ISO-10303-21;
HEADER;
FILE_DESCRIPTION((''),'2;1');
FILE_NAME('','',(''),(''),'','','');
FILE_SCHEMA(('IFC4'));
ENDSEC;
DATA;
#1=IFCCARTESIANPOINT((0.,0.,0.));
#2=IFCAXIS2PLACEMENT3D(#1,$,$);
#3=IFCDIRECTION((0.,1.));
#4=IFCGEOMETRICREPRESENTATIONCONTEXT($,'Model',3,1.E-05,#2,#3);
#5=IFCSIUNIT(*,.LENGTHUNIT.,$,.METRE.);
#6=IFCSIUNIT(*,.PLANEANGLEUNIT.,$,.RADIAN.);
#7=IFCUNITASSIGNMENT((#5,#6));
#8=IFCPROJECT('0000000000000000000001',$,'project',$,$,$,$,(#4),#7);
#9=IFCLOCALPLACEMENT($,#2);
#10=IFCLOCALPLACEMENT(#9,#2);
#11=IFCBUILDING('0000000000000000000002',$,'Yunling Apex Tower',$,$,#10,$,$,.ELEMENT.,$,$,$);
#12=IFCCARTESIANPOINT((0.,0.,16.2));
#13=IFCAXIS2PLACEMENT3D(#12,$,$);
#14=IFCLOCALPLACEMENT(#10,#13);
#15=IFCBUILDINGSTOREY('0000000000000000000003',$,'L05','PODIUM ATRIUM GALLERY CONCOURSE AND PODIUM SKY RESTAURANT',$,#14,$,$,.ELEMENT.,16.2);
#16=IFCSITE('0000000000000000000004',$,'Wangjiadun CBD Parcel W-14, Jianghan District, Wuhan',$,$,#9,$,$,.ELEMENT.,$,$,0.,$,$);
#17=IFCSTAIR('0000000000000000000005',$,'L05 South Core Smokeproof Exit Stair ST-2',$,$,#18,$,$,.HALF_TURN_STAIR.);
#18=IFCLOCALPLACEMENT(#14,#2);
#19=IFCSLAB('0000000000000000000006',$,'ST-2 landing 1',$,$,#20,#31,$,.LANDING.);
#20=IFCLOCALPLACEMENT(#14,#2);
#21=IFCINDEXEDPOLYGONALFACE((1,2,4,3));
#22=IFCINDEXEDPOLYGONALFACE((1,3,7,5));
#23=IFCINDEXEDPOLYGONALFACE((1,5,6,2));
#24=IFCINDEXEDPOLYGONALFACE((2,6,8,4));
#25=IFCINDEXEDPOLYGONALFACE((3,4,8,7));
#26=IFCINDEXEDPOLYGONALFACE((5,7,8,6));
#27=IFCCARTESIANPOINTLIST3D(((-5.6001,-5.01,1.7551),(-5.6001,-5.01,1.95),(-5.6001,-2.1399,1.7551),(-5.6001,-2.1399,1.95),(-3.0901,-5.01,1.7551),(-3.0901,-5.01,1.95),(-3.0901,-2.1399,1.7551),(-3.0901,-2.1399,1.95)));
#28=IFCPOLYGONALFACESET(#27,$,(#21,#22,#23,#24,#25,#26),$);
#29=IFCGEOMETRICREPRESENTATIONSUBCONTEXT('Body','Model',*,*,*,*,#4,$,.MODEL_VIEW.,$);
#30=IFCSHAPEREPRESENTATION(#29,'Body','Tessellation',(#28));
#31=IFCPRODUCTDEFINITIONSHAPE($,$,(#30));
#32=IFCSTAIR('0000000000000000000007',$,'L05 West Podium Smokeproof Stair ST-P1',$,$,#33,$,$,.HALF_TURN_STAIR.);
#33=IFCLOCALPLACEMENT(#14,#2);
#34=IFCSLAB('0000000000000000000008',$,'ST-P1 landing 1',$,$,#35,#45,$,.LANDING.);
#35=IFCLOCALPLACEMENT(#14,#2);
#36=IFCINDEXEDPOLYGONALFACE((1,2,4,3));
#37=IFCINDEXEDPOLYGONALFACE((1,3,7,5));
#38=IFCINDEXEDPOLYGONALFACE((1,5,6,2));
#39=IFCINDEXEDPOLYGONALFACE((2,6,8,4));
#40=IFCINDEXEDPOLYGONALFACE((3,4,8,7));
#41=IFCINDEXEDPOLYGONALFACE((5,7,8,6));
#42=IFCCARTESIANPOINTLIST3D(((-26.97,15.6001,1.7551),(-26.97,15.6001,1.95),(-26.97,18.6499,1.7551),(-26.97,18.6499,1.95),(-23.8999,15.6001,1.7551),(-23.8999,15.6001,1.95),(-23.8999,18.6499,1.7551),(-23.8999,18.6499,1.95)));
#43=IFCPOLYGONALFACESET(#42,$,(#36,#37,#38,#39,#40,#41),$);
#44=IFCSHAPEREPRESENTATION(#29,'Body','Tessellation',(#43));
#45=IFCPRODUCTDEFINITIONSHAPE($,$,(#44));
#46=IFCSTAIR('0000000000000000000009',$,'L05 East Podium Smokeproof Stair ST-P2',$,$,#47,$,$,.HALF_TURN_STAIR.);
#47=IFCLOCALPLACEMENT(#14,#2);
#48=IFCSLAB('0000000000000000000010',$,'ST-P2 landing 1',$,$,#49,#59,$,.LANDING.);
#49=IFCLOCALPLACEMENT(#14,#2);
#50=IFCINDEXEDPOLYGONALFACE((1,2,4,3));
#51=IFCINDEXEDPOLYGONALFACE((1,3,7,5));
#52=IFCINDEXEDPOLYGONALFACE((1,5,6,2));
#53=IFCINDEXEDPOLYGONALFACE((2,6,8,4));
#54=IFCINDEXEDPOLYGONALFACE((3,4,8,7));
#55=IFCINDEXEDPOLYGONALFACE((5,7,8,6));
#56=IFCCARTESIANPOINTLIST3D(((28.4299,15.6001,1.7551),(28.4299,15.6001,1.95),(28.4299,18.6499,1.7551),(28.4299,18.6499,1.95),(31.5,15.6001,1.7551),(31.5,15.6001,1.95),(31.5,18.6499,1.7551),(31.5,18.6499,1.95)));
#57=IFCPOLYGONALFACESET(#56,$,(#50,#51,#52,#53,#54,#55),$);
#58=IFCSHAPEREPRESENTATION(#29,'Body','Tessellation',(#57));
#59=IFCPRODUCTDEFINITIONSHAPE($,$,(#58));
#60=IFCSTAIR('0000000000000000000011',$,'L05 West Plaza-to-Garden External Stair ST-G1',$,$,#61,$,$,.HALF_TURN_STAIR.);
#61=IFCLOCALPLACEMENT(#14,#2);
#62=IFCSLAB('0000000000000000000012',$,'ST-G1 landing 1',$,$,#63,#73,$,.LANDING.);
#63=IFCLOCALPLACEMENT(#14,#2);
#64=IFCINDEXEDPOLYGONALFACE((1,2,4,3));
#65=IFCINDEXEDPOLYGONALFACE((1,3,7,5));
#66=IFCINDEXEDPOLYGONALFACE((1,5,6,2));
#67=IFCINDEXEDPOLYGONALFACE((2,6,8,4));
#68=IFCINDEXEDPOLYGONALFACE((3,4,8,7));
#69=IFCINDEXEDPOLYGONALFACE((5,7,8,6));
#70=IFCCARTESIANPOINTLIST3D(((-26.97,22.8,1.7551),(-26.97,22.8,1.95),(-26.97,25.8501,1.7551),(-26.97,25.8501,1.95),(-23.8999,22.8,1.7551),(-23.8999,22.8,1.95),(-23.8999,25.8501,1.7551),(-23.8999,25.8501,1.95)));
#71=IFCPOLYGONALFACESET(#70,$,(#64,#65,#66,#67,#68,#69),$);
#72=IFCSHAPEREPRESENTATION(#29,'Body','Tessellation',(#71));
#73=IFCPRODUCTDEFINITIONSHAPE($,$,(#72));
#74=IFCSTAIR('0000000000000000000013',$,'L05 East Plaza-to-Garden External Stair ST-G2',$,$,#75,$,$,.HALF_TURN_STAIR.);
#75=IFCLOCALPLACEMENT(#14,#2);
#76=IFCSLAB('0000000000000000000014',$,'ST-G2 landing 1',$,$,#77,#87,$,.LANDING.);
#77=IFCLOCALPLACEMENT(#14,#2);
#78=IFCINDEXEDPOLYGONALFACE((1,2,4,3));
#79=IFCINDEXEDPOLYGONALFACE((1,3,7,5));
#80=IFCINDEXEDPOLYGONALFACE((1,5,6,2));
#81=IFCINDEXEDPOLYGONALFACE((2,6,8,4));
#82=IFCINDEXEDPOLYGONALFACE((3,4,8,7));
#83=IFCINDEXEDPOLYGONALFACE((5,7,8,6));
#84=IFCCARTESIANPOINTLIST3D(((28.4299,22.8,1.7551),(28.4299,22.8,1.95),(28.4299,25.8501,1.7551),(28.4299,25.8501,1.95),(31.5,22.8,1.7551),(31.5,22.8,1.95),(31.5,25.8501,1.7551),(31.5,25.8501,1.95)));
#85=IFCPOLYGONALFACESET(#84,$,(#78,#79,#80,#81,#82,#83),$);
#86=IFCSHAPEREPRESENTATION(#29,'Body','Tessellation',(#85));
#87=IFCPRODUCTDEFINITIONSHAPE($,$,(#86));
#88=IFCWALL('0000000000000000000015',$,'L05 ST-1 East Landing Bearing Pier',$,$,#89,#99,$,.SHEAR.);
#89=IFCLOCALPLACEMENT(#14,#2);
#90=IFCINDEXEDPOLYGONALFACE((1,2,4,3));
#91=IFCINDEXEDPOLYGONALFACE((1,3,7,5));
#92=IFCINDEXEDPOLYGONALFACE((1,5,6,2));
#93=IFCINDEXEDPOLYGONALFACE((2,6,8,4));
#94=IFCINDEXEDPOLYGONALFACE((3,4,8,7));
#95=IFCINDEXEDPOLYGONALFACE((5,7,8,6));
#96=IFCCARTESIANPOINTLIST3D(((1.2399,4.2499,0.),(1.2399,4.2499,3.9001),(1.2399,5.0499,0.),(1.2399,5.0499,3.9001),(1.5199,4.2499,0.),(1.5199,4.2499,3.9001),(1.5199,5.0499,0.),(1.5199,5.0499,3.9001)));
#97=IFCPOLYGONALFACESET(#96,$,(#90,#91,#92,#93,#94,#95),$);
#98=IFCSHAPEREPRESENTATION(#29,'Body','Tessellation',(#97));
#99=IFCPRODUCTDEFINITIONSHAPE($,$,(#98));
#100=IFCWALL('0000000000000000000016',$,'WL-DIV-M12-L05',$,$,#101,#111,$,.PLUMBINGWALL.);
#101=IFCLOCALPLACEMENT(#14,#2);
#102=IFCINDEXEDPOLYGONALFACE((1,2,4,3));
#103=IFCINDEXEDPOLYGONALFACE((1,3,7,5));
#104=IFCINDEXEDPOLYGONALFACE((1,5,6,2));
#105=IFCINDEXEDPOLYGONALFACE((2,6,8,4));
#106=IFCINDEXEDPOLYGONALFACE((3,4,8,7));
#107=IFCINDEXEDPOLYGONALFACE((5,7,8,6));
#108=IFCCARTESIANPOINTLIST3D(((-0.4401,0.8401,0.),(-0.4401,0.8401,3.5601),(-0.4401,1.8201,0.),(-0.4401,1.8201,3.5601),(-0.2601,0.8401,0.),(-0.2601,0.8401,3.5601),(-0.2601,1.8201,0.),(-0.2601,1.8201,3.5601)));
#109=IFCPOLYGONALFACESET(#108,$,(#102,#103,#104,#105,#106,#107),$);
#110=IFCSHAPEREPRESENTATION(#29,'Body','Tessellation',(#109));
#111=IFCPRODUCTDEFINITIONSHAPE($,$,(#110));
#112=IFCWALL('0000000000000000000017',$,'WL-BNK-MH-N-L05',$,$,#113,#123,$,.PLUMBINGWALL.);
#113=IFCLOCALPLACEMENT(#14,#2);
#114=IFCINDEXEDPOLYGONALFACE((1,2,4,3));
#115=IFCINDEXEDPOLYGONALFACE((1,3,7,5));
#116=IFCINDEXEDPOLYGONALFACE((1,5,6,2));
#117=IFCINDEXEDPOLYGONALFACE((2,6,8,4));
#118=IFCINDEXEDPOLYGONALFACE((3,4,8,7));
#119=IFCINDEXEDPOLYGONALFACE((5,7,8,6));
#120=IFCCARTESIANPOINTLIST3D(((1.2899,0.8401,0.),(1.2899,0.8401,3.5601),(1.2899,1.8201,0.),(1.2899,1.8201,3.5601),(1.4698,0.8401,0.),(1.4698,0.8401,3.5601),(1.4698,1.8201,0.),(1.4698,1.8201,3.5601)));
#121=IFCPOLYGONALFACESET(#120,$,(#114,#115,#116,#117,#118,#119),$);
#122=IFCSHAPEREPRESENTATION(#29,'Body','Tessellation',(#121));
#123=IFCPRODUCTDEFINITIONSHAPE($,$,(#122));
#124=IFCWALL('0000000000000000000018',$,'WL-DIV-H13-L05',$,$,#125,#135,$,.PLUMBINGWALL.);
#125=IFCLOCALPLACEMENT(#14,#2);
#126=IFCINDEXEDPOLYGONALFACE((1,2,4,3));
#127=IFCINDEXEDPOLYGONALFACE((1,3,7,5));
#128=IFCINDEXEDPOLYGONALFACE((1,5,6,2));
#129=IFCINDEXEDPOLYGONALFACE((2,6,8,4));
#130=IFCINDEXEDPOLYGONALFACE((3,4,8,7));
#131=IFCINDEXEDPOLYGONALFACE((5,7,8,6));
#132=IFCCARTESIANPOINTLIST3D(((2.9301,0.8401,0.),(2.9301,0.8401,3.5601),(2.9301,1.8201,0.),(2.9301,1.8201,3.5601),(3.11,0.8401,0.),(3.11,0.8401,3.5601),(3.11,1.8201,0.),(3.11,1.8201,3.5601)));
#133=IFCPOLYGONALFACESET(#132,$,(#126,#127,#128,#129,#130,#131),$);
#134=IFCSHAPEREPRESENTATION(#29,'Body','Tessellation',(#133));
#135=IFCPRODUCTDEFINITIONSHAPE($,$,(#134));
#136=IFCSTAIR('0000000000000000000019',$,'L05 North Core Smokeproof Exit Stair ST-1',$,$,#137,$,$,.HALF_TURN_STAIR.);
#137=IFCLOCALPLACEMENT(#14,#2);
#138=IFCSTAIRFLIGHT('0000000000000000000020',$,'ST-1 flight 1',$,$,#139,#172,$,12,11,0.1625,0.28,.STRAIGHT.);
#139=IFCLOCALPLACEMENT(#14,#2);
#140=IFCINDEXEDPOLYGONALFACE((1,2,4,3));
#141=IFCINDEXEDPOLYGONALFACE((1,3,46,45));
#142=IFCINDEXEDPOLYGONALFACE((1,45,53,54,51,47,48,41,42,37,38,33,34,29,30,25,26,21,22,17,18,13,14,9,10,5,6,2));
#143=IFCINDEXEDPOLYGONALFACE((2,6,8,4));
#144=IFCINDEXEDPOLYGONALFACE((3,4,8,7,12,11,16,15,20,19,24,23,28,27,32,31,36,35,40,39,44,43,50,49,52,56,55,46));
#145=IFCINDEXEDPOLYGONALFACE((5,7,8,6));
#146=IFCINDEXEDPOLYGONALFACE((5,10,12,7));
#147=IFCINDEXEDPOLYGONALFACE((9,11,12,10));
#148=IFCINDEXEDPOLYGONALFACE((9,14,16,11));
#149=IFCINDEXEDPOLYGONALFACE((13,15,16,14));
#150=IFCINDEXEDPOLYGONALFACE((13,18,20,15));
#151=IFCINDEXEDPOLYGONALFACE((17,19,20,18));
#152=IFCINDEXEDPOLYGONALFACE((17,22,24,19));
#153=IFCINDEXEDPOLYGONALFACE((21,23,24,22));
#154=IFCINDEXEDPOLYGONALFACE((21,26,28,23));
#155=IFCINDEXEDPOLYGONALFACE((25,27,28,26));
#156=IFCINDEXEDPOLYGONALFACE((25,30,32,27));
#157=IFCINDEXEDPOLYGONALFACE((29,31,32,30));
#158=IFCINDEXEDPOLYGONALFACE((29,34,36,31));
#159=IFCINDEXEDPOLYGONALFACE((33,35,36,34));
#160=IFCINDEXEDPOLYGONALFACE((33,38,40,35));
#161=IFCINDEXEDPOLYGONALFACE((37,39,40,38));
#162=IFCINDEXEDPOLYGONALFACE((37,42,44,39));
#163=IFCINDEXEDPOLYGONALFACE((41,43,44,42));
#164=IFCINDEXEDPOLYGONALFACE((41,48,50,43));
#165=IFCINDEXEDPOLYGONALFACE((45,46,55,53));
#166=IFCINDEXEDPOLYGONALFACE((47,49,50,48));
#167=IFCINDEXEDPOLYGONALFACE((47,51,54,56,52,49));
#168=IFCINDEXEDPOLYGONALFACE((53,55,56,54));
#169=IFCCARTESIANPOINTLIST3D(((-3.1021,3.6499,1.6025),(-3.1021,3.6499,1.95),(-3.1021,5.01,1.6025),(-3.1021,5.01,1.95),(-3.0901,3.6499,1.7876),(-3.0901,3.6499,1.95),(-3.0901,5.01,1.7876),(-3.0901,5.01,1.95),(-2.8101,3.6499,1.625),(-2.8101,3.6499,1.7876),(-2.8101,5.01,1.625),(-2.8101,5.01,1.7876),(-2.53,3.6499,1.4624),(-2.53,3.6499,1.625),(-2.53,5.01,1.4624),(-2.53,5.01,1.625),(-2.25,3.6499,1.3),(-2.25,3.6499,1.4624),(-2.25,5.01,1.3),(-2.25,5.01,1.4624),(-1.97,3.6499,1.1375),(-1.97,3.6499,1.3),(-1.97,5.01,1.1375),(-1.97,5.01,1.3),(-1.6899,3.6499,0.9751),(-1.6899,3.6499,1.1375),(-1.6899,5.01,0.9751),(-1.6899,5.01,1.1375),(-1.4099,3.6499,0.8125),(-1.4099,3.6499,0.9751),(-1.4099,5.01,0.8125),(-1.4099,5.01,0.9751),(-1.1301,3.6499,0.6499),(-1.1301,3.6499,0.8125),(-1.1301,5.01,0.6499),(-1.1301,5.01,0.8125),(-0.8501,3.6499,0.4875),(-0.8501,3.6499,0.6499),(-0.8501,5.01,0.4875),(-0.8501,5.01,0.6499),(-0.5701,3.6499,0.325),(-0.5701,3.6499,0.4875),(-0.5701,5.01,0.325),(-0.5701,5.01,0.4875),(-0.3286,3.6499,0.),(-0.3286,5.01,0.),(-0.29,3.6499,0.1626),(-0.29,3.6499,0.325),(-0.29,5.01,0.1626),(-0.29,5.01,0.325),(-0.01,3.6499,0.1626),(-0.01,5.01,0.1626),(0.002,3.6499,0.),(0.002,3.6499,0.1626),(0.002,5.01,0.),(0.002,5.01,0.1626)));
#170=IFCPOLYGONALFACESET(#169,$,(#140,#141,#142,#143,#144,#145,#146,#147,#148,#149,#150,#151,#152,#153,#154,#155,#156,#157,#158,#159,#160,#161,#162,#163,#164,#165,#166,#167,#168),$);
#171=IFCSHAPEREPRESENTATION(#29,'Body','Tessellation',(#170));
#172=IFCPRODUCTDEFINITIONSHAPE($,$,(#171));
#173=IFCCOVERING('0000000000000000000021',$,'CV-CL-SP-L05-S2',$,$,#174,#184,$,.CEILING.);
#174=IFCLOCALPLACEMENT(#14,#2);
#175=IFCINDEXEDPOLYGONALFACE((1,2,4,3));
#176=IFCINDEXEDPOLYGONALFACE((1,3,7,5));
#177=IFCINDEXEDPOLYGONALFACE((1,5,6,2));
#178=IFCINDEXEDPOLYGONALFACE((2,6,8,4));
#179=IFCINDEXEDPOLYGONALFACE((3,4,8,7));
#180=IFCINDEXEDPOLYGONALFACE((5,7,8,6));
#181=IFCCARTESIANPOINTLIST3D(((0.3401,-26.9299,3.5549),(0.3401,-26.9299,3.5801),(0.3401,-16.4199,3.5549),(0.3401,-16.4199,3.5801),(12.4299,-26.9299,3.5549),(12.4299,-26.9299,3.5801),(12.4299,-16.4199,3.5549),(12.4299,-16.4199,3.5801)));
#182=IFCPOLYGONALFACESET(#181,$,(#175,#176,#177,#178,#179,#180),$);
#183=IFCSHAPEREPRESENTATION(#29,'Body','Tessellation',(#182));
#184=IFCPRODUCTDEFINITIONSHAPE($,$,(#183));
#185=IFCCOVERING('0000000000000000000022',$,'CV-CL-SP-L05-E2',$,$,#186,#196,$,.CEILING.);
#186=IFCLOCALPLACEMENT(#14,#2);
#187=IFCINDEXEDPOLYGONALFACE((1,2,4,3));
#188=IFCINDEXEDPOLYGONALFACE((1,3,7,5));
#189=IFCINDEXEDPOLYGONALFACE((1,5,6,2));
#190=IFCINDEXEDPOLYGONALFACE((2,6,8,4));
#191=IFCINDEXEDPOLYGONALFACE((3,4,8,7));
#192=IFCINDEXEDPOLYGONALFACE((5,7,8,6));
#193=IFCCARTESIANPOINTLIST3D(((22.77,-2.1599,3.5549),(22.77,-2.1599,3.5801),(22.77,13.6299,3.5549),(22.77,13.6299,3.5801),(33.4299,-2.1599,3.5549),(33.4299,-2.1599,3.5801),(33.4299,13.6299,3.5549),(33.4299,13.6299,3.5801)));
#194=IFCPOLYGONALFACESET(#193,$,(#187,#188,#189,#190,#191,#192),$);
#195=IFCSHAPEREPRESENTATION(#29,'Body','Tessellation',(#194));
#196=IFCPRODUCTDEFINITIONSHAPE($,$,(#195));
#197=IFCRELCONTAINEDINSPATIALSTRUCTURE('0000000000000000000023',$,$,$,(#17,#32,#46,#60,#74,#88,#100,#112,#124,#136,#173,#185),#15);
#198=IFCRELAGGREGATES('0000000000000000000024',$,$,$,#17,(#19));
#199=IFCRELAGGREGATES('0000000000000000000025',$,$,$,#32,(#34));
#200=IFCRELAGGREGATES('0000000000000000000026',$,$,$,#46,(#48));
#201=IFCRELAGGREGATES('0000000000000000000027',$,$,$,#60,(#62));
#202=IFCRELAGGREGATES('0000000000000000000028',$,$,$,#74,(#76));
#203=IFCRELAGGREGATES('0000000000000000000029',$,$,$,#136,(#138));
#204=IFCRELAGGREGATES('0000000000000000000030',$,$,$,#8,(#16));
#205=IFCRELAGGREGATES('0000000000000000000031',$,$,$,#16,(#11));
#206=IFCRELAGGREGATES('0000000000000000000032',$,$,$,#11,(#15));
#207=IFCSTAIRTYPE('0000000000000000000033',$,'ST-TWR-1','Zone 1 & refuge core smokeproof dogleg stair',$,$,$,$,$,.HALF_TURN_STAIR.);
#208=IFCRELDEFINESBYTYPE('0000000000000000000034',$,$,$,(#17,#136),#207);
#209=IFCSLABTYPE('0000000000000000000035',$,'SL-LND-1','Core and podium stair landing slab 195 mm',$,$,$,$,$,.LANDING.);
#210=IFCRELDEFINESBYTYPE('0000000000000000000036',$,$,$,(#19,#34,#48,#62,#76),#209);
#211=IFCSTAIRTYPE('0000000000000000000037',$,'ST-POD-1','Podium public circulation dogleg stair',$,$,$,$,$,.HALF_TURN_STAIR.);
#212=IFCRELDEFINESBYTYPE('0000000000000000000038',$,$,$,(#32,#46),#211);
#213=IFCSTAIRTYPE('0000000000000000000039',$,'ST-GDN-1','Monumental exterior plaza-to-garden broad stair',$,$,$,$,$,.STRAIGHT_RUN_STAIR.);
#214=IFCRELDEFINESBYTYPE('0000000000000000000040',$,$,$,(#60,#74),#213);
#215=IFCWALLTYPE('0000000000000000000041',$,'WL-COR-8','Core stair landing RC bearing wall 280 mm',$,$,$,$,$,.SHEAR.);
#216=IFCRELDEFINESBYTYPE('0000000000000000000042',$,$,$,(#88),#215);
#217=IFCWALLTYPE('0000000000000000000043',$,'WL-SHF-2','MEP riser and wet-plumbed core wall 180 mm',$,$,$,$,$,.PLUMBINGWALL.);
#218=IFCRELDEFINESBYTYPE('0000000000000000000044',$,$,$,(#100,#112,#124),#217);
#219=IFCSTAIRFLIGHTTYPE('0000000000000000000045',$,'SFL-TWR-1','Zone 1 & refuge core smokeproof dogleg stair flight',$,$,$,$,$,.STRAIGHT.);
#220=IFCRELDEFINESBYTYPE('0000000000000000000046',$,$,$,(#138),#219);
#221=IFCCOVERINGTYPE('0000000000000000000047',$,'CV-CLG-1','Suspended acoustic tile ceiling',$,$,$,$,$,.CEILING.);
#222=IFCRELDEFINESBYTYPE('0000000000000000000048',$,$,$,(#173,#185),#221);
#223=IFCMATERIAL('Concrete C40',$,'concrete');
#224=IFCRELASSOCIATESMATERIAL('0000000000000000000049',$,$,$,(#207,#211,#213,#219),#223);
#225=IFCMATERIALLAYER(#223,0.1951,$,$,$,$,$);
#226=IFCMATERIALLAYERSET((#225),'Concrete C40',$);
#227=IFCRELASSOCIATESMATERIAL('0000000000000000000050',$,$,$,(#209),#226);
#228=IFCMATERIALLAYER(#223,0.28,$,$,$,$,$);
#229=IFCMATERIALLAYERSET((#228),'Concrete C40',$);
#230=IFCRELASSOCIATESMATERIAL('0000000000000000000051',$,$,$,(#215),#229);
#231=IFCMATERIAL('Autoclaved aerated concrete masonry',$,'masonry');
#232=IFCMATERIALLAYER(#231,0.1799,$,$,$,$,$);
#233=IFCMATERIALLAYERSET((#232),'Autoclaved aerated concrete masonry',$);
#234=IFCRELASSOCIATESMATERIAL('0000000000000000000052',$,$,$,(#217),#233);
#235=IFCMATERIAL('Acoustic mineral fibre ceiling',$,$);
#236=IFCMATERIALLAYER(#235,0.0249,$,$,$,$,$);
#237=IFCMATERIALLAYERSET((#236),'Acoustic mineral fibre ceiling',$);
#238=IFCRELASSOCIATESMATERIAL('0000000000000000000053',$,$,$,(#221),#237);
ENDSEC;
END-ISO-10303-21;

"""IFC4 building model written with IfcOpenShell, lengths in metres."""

from ifc_helpers import new_model, si_unit, direction, frame, frame_2d, origin, place, context, subcontext, project, spatial, polyline, rectangle, outline, extrude, material, layer, layer_set, type_object, element, aggregate, save


model = new_model("IFC4")

# Units and contexts
model_context = context("Model", 3, precision=1e-05, world=origin(), true_north=direction((0.0, 1.0)))
body_context = subcontext(model_context, "Body", "Model", "MODEL_VIEW")
ifc_project = project(units=[si_unit("LENGTHUNIT", "METRE"), si_unit("PLANEANGLEUNIT", "RADIAN")], contexts=[model_context])

# Site, building, storey
site_placement = place(None, origin())
site = spatial("IfcSite", under=ifc_project, at=site_placement, Name="Wangjiadun CBD Parcel W-14, Jianghan District, Wuhan", CompositionType="ELEMENT", RefElevation=0.0)
building_placement = place(site_placement, origin())
building = spatial("IfcBuilding", under=site, at=building_placement, Name="Yunling Apex Tower", CompositionType="ELEMENT")
storey_placement = place(building_placement, frame((0.0, 0.0, 16.2)))
storey = spatial("IfcBuildingStorey", under=building, at=storey_placement, Name="L05", Description="PODIUM ATRIUM GALLERY CONCOURSE AND PODIUM SKY RESTAURANT", CompositionType="ELEMENT", Elevation=16.2)

# Stairs, slabs
ifc_material_1 = material(Name="Concrete C40", Category="concrete")
stair_type_1 = type_object("IfcStairType", Name="ST-TWR-1", Description="Zone 1 & refuge core smokeproof dogleg stair", PredefinedType="HALF_TURN_STAIR", material=ifc_material_1)
stair_1_placement = place(storey_placement, origin())
stair_1 = element("IfcStair", 1, at=stair_1_placement, inside=storey, type_object=stair_type_1, Name="L05 South Core Smokeproof Exit Stair ST-2", PredefinedType="HALF_TURN_STAIR")
ifc_layer_1 = layer(ifc_material_1, 0.1951)
ifc_layer_set_1 = layer_set([ifc_layer_1], Name="Concrete C40")
slab_type = type_object("IfcSlabType", Name="SL-LND-1", Description="Core and podium stair landing slab 195 mm", PredefinedType="LANDING", material=ifc_layer_set_1)
slab_1_placement = place(storey_placement, frame((0.0, 0.0, 1.7551)))
slab_1 = element("IfcSlab", 2, at=slab_1_placement, type_object=slab_type, Name="ST-2 landing 1", PredefinedType="LANDING", context=body_context, shape_type="SweptSolid", body=[
    extrude(outline(polyline([(-3.0901, -2.1399), (-5.6001, -2.1399), (-5.6001, -5.01), (-3.0901, -5.01), (-3.0901, -2.1399)])), origin(), (0.0, 0.0, 1.0), 0.1948),
])
aggregate(stair_1, [slab_1])
stair_type_2 = type_object("IfcStairType", Name="ST-POD-1", Description="Podium public circulation dogleg stair", PredefinedType="HALF_TURN_STAIR", material=ifc_material_1)
stair_2_placement = place(storey_placement, origin())
stair_2 = element("IfcStair", 3, at=stair_2_placement, inside=storey, type_object=stair_type_2, Name="L05 West Podium Smokeproof Stair ST-P1", PredefinedType="HALF_TURN_STAIR")
slab_2_placement = place(storey_placement, frame((0.0, 0.0, 1.7551)))
slab_2 = element("IfcSlab", 4, at=slab_2_placement, type_object=slab_type, Name="ST-P1 landing 1", PredefinedType="LANDING", context=body_context, shape_type="SweptSolid", body=[
    extrude(outline(polyline([(-26.97, 15.6001), (-23.8999, 15.6001), (-23.8999, 18.6499), (-26.97, 18.6499), (-26.97, 15.6001)])), origin(), (0.0, 0.0, 1.0), 0.1948),
])
aggregate(stair_2, [slab_2])
stair_3_placement = place(storey_placement, origin())
stair_3 = element("IfcStair", 5, at=stair_3_placement, inside=storey, type_object=stair_type_2, Name="L05 East Podium Smokeproof Stair ST-P2", PredefinedType="HALF_TURN_STAIR")
slab_3_placement = place(storey_placement, frame((0.0, 0.0, 1.7551)))
slab_3 = element("IfcSlab", 6, at=slab_3_placement, type_object=slab_type, Name="ST-P2 landing 1", PredefinedType="LANDING", context=body_context, shape_type="SweptSolid", body=[
    extrude(outline(polyline([(28.4299, 15.6001), (31.5, 15.6001), (31.5, 18.6499), (28.4299, 18.6499), (28.4299, 15.6001)])), origin(), (0.0, 0.0, 1.0), 0.1948),
])
aggregate(stair_3, [slab_3])
stair_type_3 = type_object("IfcStairType", Name="ST-GDN-1", Description="Monumental exterior plaza-to-garden broad stair", PredefinedType="STRAIGHT_RUN_STAIR", material=ifc_material_1)
stair_4_placement = place(storey_placement, origin())
stair_4 = element("IfcStair", 7, at=stair_4_placement, inside=storey, type_object=stair_type_3, Name="L05 West Plaza-to-Garden External Stair ST-G1", PredefinedType="HALF_TURN_STAIR")
slab_4_placement = place(storey_placement, frame((0.0, 0.0, 1.7551)))
slab_4 = element("IfcSlab", 8, at=slab_4_placement, type_object=slab_type, Name="ST-G1 landing 1", PredefinedType="LANDING", context=body_context, shape_type="SweptSolid", body=[
    extrude(outline(polyline([(-26.97, 22.8), (-23.8999, 22.8), (-23.8999, 25.8501), (-26.97, 25.8501), (-26.97, 22.8)])), origin(), (0.0, 0.0, 1.0), 0.1948),
])
aggregate(stair_4, [slab_4])
stair_5_placement = place(storey_placement, origin())
stair_5 = element("IfcStair", 9, at=stair_5_placement, inside=storey, type_object=stair_type_3, Name="L05 East Plaza-to-Garden External Stair ST-G2", PredefinedType="HALF_TURN_STAIR")
slab_5_placement = place(storey_placement, frame((0.0, 0.0, 1.7551)))
slab_5 = element("IfcSlab", 10, at=slab_5_placement, type_object=slab_type, Name="ST-G2 landing 1", PredefinedType="LANDING", context=body_context, shape_type="SweptSolid", body=[
    extrude(outline(polyline([(28.4299, 22.8), (31.5, 22.8), (31.5, 25.8501), (28.4299, 25.8501), (28.4299, 22.8)])), origin(), (0.0, 0.0, 1.0), 0.1948),
])
aggregate(stair_5, [slab_5])

# Wall
ifc_layer_2 = layer(ifc_material_1, 0.28)
ifc_layer_set_2 = layer_set([ifc_layer_2], Name="Concrete C40")
wall_type_1 = type_object("IfcWallType", Name="WL-COR-8", Description="Core stair landing RC bearing wall 280 mm", PredefinedType="SHEAR", material=ifc_layer_set_2)
wall_1_placement = place(storey_placement, frame((1.3799, 4.25, 0.0), z_axis=(0.0, 0.0, 1.0), x_axis=(0.0, 1.0, 0.0)))
element("IfcWall", 11, at=wall_1_placement, inside=storey, type_object=wall_type_1, Name="L05 ST-1 East Landing Bearing Pier", PredefinedType="SHEAR", context=body_context, shape_type="SweptSolid", body=[
    extrude(rectangle(XDim=0.8, YDim=0.28, at=frame_2d((0.3999, 0.0))), origin(), (0.0, 0.0, 1.0), 3.9001),
])

# Shared definitions
ifc_material_2 = material(Name="Autoclaved aerated concrete masonry", Category="masonry")

# Walls
ifc_layer_3 = layer(ifc_material_2, 0.1799)
ifc_layer_set_3 = layer_set([ifc_layer_3], Name="Autoclaved aerated concrete masonry")
wall_type_2 = type_object("IfcWallType", Name="WL-SHF-2", Description="MEP riser and wet-plumbed core wall 180 mm", PredefinedType="PLUMBINGWALL", material=ifc_layer_set_3)
for number, where, z_axis, x_axis, name in (
    (12, (-0.3501, 0.8401, 0.0), (0.0, 0.0, 1.0), (0.0, 1.0, 0.0), "WL-DIV-M12-L05"),
    (13, (1.3799, 0.8401, 0.0), (0.0, 0.0, 1.0), (0.0, 1.0, 0.0), "WL-BNK-MH-N-L05"),
    (14, (3.02, 0.8401, 0.0), (0.0, 0.0, 1.0), (0.0, 1.0, 0.0), "WL-DIV-H13-L05"),
):
    element("IfcWall", number, at=place(storey_placement, frame(where, z_axis=z_axis, x_axis=x_axis)), inside=storey, type_object=wall_type_2, Name=name, PredefinedType="PLUMBINGWALL", context=body_context, shape_type="SweptSolid", body=[
        extrude(rectangle(XDim=0.98, YDim=0.1799, at=frame_2d((0.49, 0.0))), origin(), (0.0, 0.0, 1.0), 3.5601),
    ])

# Stair, stair flight
stair_6_placement = place(storey_placement, origin())
stair_6 = element("IfcStair", 15, at=stair_6_placement, inside=storey, type_object=stair_type_1, Name="L05 North Core Smokeproof Exit Stair ST-1", PredefinedType="HALF_TURN_STAIR")
stair_flight_type = type_object("IfcStairFlightType", Name="SFL-TWR-1", Description="Zone 1 & refuge core smokeproof dogleg stair flight", PredefinedType="STRAIGHT", material=ifc_material_1)
stair_flight_placement = place(storey_placement, frame((-0.01, 4.3301, 0.0), z_axis=(0.0, 0.0, 1.0), x_axis=(-1.0, 0.0, 0.0)))
stair_flight = element("IfcStairFlight", 16, at=stair_flight_placement, type_object=stair_flight_type, Name="ST-1 flight 1", NumberOfRisers=12, NumberOfTreads=11, PredefinedType="STRAIGHT", RiserHeight=0.1625, TreadLength=0.28, context=body_context, shape_type="SweptSolid", body=[
    extrude(outline(polyline([(-0.012, 0.0), (-0.012, 0.1626), (0.0, 0.1626), (0.28, 0.1626), (0.28, 0.325), (0.5601, 0.325), (0.5601, 0.4875), (0.8401, 0.4875), (0.8401, 0.6499), (1.1201, 0.6499), (1.1201, 0.8125), (1.3999, 0.8125), (1.3999, 0.9751), (1.6799, 0.9751), (1.6799, 1.1375), (1.96, 1.1375), (1.96, 1.3), (2.24, 1.3), (2.24, 1.4624), (2.52, 1.4624), (2.52, 1.625), (2.8, 1.625), (2.8, 1.7876), (3.0801, 1.7876), (3.0801, 1.95), (3.092, 1.95), (3.092, 1.6025), (0.3186, 0.0), (-0.012, 0.0)])), frame((0.0, 0.6802, 0.0), z_axis=(0.0, -1.0, 0.0), x_axis=(1.0, 0.0, 0.0)), (0.0, 0.0, 1.0), 1.3601),
])
aggregate(stair_6, [stair_flight])

# Coverings
ifc_material_3 = material(Name="Acoustic mineral fibre ceiling")
ifc_layer_4 = layer(ifc_material_3, 0.0249)
ifc_layer_set_4 = layer_set([ifc_layer_4], Name="Acoustic mineral fibre ceiling")
covering_type_1 = type_object("IfcCoveringType", Name="CV-CLG-1", Description="Suspended acoustic tile ceiling", PredefinedType="CEILING", material=ifc_layer_set_4)
covering_1_placement = place(storey_placement, frame((0.0, 0.0, 3.5549)))
element("IfcCovering", 17, at=covering_1_placement, inside=storey, type_object=covering_type_1, Name="CV-CL-SP-L05-S2", PredefinedType="CEILING", context=body_context, shape_type="SweptSolid", body=[
    extrude(outline(polyline([(12.4299, -26.9299), (0.3401, -26.9299), (0.3401, -16.4199), (12.4299, -16.4199), (12.4299, -26.9299)])), origin(), (0.0, 0.0, 1.0), 0.0251),
])
covering_2_placement = place(storey_placement, frame((0.0, 0.0, 3.5549)))
element("IfcCovering", 18, at=covering_2_placement, inside=storey, type_object=covering_type_1, Name="CV-CL-SP-L05-E2", PredefinedType="CEILING", context=body_context, shape_type="SweptSolid", body=[
    extrude(outline(polyline([(33.4299, -2.1599), (22.77, -2.1599), (22.77, 13.6299), (33.4299, 13.6299), (33.4299, -2.1599)])), origin(), (0.0, 0.0, 1.0), 0.0251),
])

save(model, "model.ifc")
